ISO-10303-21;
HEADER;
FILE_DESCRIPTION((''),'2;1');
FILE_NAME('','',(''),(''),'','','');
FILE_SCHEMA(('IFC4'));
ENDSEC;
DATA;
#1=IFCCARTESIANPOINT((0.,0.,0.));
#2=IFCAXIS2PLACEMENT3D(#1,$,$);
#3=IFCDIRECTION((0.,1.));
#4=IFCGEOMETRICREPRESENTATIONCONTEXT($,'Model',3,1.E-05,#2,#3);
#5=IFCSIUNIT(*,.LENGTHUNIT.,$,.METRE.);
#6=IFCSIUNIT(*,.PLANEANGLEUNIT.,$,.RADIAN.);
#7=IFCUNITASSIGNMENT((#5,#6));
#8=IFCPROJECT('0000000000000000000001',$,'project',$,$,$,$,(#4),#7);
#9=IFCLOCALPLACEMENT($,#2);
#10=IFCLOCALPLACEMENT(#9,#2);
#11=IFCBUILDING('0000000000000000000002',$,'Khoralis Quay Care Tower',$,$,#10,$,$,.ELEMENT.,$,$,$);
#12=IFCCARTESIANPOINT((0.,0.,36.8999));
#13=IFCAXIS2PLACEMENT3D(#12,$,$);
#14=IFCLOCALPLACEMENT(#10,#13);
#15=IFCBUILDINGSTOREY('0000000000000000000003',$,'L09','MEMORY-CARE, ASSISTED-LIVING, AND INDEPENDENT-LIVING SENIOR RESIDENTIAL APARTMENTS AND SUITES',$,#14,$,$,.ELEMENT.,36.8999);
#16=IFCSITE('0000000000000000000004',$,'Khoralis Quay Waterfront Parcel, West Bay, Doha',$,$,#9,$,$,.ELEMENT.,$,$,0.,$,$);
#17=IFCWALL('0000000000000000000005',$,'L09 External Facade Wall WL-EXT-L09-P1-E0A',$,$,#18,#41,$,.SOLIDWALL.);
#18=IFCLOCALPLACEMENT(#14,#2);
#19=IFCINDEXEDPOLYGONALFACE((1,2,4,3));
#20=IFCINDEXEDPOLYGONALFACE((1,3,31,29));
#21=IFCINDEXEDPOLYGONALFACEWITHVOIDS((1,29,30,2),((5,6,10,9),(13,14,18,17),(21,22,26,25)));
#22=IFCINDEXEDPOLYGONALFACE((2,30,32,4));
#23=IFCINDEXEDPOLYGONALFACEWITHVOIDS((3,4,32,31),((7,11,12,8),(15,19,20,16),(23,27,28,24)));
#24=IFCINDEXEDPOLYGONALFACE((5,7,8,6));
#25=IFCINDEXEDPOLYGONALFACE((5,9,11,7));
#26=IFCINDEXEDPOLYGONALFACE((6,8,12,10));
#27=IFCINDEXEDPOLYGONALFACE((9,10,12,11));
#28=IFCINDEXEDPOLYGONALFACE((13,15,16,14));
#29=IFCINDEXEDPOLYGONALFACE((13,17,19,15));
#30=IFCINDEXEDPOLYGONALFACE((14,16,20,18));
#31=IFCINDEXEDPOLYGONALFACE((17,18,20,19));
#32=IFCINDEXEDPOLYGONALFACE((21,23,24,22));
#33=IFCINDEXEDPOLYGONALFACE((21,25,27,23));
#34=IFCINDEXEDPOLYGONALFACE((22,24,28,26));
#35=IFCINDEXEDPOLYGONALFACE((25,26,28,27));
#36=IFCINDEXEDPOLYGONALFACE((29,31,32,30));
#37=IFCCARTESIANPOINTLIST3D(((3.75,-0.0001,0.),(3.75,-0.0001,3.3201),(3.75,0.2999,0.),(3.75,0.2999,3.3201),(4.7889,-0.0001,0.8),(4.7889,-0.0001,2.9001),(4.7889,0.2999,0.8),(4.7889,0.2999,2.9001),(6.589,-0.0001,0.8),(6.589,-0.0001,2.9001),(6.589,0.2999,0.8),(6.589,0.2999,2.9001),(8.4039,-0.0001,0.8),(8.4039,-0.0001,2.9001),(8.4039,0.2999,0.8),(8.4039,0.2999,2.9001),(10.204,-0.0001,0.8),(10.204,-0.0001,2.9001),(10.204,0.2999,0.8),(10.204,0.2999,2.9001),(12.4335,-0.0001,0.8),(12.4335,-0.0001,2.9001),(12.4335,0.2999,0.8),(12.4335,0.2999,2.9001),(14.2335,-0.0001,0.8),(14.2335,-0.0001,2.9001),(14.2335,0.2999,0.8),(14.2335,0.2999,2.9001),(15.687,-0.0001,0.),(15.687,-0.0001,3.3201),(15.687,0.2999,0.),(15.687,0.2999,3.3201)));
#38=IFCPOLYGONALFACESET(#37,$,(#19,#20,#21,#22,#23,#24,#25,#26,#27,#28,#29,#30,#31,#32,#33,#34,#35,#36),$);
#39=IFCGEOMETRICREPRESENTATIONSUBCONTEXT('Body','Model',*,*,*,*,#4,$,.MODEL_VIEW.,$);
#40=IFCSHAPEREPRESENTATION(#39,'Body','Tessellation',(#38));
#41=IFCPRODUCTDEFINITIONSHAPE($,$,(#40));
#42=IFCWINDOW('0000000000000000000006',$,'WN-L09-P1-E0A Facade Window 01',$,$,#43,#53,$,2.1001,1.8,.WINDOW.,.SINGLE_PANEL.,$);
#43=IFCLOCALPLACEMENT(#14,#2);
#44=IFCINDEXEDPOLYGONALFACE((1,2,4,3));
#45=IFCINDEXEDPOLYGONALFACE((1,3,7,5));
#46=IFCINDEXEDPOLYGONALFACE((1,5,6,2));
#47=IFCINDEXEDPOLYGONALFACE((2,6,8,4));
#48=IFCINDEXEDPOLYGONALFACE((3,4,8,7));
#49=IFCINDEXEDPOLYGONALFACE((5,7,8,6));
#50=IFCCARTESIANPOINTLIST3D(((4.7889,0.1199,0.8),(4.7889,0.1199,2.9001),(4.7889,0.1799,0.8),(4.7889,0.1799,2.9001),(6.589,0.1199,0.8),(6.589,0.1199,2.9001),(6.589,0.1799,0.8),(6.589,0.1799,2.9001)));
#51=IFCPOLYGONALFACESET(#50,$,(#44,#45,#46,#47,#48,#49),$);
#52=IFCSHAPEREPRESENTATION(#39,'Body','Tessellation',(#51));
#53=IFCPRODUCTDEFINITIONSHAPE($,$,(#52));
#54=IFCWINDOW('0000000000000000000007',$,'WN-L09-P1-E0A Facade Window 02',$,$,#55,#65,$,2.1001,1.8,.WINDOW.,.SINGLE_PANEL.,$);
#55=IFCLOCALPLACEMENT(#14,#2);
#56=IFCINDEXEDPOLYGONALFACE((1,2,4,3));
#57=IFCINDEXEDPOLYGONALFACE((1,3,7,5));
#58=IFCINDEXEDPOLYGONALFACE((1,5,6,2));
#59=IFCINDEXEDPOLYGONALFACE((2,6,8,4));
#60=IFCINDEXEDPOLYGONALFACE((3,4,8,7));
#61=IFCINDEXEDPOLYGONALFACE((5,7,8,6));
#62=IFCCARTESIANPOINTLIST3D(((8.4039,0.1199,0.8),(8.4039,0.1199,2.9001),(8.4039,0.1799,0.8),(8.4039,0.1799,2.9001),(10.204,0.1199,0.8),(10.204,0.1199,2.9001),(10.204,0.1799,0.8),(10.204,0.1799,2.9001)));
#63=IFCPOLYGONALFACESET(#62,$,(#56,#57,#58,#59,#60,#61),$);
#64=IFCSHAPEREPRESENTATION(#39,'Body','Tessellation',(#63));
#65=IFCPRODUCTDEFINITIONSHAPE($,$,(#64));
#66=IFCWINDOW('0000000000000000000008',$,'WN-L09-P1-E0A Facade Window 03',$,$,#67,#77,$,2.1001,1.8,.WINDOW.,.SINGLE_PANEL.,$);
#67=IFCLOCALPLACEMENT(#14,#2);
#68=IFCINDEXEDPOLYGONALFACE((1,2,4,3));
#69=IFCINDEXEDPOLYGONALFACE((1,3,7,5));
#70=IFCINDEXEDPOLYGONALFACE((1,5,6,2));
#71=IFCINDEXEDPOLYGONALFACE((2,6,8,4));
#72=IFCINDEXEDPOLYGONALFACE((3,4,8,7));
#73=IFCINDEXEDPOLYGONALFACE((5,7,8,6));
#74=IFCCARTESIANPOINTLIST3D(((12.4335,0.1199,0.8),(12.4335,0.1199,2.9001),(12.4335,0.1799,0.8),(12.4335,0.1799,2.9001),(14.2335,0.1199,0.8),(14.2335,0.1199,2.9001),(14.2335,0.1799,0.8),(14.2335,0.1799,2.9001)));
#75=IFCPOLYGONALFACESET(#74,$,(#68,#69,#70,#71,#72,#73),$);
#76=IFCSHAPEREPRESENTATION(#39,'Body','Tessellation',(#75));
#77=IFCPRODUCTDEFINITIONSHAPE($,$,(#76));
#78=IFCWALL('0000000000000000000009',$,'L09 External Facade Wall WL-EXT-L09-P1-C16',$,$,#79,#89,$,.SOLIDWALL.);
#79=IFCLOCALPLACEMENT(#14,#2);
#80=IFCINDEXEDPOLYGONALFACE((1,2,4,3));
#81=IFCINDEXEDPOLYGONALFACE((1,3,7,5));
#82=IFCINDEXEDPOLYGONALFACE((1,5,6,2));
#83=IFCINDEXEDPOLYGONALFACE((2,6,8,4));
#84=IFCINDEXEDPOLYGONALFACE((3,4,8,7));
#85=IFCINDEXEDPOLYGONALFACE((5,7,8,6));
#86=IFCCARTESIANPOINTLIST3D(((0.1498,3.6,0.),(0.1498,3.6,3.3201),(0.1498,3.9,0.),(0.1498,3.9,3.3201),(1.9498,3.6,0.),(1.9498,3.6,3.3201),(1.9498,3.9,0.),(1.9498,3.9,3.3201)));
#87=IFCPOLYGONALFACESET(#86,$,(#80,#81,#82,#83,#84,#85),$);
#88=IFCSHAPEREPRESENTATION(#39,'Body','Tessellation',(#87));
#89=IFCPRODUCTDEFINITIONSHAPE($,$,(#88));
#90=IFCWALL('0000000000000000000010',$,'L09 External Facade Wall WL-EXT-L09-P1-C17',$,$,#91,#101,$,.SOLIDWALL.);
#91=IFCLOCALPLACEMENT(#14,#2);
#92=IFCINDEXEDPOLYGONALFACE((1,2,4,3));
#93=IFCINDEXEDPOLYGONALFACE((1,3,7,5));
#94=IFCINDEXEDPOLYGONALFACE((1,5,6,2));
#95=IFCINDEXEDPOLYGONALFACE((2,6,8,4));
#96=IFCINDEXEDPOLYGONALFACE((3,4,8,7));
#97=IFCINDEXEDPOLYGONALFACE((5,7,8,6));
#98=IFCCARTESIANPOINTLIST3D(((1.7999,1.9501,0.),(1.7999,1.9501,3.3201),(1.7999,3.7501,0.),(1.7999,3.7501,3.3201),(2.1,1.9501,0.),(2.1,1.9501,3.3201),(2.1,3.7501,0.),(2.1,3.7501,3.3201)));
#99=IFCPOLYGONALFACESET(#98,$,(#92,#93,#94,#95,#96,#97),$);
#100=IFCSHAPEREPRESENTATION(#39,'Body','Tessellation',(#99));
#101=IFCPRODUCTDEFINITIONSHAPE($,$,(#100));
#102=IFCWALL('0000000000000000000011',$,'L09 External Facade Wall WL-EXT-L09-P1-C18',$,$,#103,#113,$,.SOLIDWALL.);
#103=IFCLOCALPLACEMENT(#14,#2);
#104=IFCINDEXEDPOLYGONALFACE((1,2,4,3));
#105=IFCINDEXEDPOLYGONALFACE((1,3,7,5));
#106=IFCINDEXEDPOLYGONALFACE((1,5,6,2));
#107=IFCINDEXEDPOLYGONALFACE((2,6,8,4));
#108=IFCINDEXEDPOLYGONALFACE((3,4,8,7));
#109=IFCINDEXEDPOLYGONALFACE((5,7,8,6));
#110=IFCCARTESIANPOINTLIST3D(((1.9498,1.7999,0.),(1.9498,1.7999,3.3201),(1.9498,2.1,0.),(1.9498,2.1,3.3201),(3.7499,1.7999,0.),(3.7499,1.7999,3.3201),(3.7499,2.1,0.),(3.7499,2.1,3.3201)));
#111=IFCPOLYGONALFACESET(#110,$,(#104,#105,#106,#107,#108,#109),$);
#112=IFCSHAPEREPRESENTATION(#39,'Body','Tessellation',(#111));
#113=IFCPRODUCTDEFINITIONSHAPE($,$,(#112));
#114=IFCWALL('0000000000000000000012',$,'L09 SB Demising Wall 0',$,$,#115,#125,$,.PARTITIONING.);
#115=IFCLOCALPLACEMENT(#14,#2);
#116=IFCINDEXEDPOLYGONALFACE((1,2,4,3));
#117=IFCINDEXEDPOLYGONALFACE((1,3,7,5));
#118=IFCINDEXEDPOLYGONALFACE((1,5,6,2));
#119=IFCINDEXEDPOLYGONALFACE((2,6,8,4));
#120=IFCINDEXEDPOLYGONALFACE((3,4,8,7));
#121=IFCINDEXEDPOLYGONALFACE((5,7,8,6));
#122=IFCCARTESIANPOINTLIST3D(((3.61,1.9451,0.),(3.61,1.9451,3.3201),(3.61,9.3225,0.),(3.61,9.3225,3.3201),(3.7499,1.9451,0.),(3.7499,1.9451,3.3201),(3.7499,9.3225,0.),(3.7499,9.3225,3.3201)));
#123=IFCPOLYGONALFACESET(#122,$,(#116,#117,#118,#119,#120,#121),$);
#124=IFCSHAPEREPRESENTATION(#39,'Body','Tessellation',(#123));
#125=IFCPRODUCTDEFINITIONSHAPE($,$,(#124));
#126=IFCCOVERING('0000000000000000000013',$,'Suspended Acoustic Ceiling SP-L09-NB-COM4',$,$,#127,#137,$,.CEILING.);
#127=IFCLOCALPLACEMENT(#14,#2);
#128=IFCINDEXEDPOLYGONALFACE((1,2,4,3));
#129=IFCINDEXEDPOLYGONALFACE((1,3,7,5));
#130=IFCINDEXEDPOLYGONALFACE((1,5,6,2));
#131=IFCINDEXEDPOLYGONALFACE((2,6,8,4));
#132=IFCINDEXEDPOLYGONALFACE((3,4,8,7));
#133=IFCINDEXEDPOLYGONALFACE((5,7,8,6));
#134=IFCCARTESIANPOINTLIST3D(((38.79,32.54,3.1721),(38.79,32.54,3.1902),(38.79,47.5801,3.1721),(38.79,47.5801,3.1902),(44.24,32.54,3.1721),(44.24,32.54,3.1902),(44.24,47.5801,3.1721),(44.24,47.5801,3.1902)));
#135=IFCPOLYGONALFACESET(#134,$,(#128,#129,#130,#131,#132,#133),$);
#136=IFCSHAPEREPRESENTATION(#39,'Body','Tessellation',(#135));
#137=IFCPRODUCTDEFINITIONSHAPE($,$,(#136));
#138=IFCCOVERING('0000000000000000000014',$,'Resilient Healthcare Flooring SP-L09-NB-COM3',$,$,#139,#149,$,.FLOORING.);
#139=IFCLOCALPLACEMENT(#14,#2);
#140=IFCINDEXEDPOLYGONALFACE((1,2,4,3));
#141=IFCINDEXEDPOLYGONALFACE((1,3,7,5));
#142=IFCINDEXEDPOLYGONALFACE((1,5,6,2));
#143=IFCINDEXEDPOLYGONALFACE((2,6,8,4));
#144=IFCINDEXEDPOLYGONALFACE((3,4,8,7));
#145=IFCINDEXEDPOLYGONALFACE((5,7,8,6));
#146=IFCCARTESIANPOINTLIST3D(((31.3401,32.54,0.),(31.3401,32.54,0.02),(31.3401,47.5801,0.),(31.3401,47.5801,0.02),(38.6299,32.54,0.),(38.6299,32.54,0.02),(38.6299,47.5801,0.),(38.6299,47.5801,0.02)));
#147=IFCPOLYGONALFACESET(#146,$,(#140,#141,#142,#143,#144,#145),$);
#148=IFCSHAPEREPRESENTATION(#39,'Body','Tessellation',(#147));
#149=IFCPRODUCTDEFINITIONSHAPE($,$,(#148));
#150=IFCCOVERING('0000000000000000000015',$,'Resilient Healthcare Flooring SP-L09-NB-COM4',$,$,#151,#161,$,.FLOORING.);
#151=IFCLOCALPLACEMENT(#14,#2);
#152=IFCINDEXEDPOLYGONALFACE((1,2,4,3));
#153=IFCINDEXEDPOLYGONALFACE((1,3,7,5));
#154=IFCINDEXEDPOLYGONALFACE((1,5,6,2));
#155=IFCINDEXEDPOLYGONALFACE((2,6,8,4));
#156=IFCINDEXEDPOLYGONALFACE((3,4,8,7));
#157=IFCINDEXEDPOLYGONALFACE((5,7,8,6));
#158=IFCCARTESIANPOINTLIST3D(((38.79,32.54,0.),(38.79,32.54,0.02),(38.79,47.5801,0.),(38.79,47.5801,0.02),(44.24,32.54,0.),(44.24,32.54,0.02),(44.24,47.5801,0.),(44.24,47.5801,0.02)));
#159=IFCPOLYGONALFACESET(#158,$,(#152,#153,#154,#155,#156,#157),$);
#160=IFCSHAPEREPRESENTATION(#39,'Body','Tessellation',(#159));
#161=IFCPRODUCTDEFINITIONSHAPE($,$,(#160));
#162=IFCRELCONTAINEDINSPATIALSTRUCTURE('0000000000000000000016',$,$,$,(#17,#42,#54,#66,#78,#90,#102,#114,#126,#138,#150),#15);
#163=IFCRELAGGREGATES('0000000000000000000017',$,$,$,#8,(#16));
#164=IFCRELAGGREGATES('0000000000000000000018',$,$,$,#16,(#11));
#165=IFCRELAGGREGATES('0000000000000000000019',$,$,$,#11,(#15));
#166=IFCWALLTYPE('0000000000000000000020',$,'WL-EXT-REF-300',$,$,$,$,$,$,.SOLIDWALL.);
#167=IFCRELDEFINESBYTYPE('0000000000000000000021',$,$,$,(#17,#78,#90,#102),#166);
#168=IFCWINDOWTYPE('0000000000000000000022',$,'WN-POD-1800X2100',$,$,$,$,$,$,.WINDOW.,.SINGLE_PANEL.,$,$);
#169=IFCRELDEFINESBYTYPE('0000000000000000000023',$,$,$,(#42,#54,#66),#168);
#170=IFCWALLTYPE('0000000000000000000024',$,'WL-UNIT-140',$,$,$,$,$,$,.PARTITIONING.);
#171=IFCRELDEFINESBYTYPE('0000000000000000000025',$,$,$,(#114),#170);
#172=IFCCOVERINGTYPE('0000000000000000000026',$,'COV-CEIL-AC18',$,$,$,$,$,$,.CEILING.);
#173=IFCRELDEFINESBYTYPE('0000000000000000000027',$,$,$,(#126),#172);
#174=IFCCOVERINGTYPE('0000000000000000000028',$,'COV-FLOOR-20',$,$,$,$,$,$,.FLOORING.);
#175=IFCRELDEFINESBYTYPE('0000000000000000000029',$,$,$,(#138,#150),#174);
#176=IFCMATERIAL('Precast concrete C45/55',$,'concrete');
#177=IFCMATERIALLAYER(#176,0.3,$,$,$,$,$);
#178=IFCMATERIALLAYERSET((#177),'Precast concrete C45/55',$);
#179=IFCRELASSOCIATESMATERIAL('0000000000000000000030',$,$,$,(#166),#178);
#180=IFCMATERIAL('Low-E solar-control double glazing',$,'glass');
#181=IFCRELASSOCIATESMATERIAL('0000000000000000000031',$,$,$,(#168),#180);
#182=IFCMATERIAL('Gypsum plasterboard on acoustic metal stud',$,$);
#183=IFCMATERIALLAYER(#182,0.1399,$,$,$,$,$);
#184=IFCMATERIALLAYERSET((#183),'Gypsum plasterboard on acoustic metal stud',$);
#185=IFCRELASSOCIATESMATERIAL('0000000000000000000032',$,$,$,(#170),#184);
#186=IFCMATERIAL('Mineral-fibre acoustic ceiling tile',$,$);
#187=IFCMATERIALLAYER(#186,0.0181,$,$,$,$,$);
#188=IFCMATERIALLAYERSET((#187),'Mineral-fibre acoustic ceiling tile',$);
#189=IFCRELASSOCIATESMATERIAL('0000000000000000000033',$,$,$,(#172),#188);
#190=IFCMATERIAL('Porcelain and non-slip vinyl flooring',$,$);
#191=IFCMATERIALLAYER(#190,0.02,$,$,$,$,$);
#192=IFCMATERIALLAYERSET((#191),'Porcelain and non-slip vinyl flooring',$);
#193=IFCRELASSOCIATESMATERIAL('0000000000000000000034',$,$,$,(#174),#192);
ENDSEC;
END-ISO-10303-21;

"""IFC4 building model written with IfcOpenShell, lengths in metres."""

from ifc_helpers import new_model, si_unit, direction, frame, frame_2d, origin, place, context, subcontext, project, spatial, polyline, rectangle, outline, extrude, source, transform, mapped, material, layer, layer_set, type_object, element, fill, save


model = new_model("IFC4")

# Units and contexts
model_context = context("Model", 3, precision=1e-05, world=origin(), true_north=direction((0.0, 1.0)))
body_context = subcontext(model_context, "Body", "Model", "MODEL_VIEW")
ifc_project = project(units=[si_unit("LENGTHUNIT", "METRE"), si_unit("PLANEANGLEUNIT", "RADIAN")], contexts=[model_context])

# Site, building, storey
site_placement = place(None, origin())
site = spatial("IfcSite", under=ifc_project, at=site_placement, Name="Khoralis Quay Waterfront Parcel, West Bay, Doha", CompositionType="ELEMENT", RefElevation=0.0)
building_placement = place(site_placement, origin())
building = spatial("IfcBuilding", under=site, at=building_placement, Name="Khoralis Quay Care Tower", CompositionType="ELEMENT")
storey_placement = place(building_placement, frame((0.0, 0.0, 36.8999)))
storey = spatial("IfcBuildingStorey", under=building, at=storey_placement, Name="L09", Description="MEMORY-CARE, ASSISTED-LIVING, AND INDEPENDENT-LIVING SENIOR RESIDENTIAL APARTMENTS AND SUITES", CompositionType="ELEMENT", Elevation=36.8999)

# Shared definitions
ifc_material_1 = material(Name="Gypsum plasterboard on acoustic metal stud")

# Wall, openings, windows
ifc_material_2 = material(Name="Precast concrete C45/55", Category="concrete")
ifc_layer_1 = layer(ifc_material_2, 0.3)
ifc_layer_set_1 = layer_set([ifc_layer_1], Name="Precast concrete C45/55")
wall_type_1 = type_object("IfcWallType", Name="WL-EXT-REF-300", PredefinedType="SOLIDWALL", material=ifc_layer_set_1)
wall_1_placement = place(storey_placement, frame((3.75, 0.1499, 0.0), z_axis=(0.0, 0.0, 1.0), x_axis=(1.0, 0.0, 0.0)))
wall_1 = element("IfcWall", 1, at=wall_1_placement, inside=storey, type_object=wall_type_1, Name="L09 External Facade Wall WL-EXT-L09-P1-E0A", PredefinedType="SOLIDWALL", context=body_context, shape_type="SweptSolid", body=[
    extrude(rectangle(XDim=11.937, YDim=0.3, at=frame_2d((5.9685, 0.0))), origin(), (0.0, 0.0, 1.0), 3.3201),
])
opening_1_placement = place(wall_1_placement, frame((1.0391, 0.0, 0.8)))
opening_1 = element("IfcOpeningElement", 2, at=opening_1_placement, cuts=wall_1, PredefinedType="OPENING", context=body_context, shape_type="SweptSolid", body=[
    extrude(rectangle(XDim=1.8, YDim=2.1001, at=frame_2d((0.8999, 1.05))), frame((0.0, 0.1602, 0.0), z_axis=(0.0, -1.0, 0.0), x_axis=(1.0, 0.0, 0.0)), (0.0, 0.0, 1.0), 0.3201),
])
opening_2_placement = place(wall_1_placement, frame((4.6541, 0.0, 0.8)))
opening_2 = element("IfcOpeningElement", 3, at=opening_2_placement, cuts=wall_1, PredefinedType="OPENING", context=body_context, shape_type="SweptSolid", body=[
    extrude(rectangle(XDim=1.8, YDim=2.1001, at=frame_2d((0.8999, 1.05))), frame((0.0, 0.1602, 0.0), z_axis=(0.0, -1.0, 0.0), x_axis=(1.0, 0.0, 0.0)), (0.0, 0.0, 1.0), 0.3201),
])
opening_3_placement = place(wall_1_placement, frame((8.6836, 0.0, 0.8)))
opening_3 = element("IfcOpeningElement", 4, at=opening_3_placement, cuts=wall_1, PredefinedType="OPENING", context=body_context, shape_type="SweptSolid", body=[
    extrude(rectangle(XDim=1.8, YDim=2.1001, at=frame_2d((0.8999, 1.05))), frame((0.0, 0.1602, 0.0), z_axis=(0.0, -1.0, 0.0), x_axis=(1.0, 0.0, 0.0)), (0.0, 0.0, 1.0), 0.3201),
])
ifc_material_3 = material(Name="Low-E solar-control double glazing", Category="glass")
window_type = type_object("IfcWindowType", Name="WN-POD-1800X2100", PartitioningType="SINGLE_PANEL", PredefinedType="WINDOW", material=ifc_material_3)
shared_shape_1 = source(origin(), body_context, "Body", "SweptSolid", [
    extrude(rectangle(XDim=1.8, YDim=2.1001, at=frame_2d((0.8999, 1.05))), frame((0.0, 0.03, 0.0), z_axis=(0.0, -1.0, 0.0), x_axis=(1.0, 0.0, 0.0)), (0.0, 0.0, 1.0), 0.0601),
])
window_1_placement = place(opening_1_placement, origin())
window_1 = element("IfcWindow", 5, at=window_1_placement, inside=storey, type_object=window_type, Name="WN-L09-P1-E0A Facade Window 01", OverallHeight=2.1001, OverallWidth=1.8, PartitioningType="SINGLE_PANEL", PredefinedType="WINDOW", context=body_context, shape_type="MappedRepresentation", body=[
    mapped(shared_shape_1, transform((0.0, 0.0, 0.0), scale=1.0)),
])
fill(opening_1, window_1)
window_2_placement = place(opening_2_placement, origin())
window_2 = element("IfcWindow", 6, at=window_2_placement, inside=storey, type_object=window_type, Name="WN-L09-P1-E0A Facade Window 02", OverallHeight=2.1001, OverallWidth=1.8, PartitioningType="SINGLE_PANEL", PredefinedType="WINDOW", context=body_context, shape_type="MappedRepresentation", body=[
    mapped(shared_shape_1, transform((0.0, 0.0, 0.0), scale=1.0)),
])
fill(opening_2, window_2)
window_3_placement = place(opening_3_placement, origin())
window_3 = element("IfcWindow", 7, at=window_3_placement, inside=storey, type_object=window_type, Name="WN-L09-P1-E0A Facade Window 03", OverallHeight=2.1001, OverallWidth=1.8, PartitioningType="SINGLE_PANEL", PredefinedType="WINDOW", context=body_context, shape_type="MappedRepresentation", body=[
    mapped(shared_shape_1, transform((0.0, 0.0, 0.0), scale=1.0)),
])
fill(opening_3, window_3)

# Walls
for number, where, z_axis, x_axis, name in (
    (8, (0.1499, 3.75, 0.0), (0.0, 0.0, 1.0), (1.0, 0.0, 0.0), "L09 External Facade Wall WL-EXT-L09-P1-C16"),
    (9, (1.95, 3.75, 0.0), (0.0, 0.0, 1.0), (0.0, -1.0, 0.0), "L09 External Facade Wall WL-EXT-L09-P1-C17"),
    (10, (1.95, 1.95, 0.0), (0.0, 0.0, 1.0), (1.0, 0.0, 0.0), "L09 External Facade Wall WL-EXT-L09-P1-C18"),
):
    element("IfcWall", number, at=place(storey_placement, frame(where, z_axis=z_axis, x_axis=x_axis)), inside=storey, type_object=wall_type_1, Name=name, PredefinedType="SOLIDWALL", context=body_context, shape_type="SweptSolid", body=[
        extrude(rectangle(XDim=1.8, YDim=0.3, at=frame_2d((0.8999, 0.0))), origin(), (0.0, 0.0, 1.0), 3.3201),
    ])
ifc_layer_2 = layer(ifc_material_1, 0.1399)
ifc_layer_set_2 = layer_set([ifc_layer_2], Name="Gypsum plasterboard on acoustic metal stud")
wall_type_2 = type_object("IfcWallType", Name="WL-UNIT-140", PredefinedType="PARTITIONING", material=ifc_layer_set_2)
wall_2_placement = place(storey_placement, frame((3.6799, 1.9451, 0.0), z_axis=(0.0, 0.0, 1.0), x_axis=(0.0, 1.0, 0.0)))
element("IfcWall", 11, at=wall_2_placement, inside=storey, type_object=wall_type_2, Name="L09 SB Demising Wall 0", PredefinedType="PARTITIONING", context=body_context, shape_type="SweptSolid", body=[
    extrude(rectangle(XDim=7.3774, YDim=0.1399, at=frame_2d((3.6887, 0.0))), origin(), (0.0, 0.0, 1.0), 3.3201),
])

# Coverings
ifc_material_4 = material(Name="Mineral-fibre acoustic ceiling tile")
ifc_layer_3 = layer(ifc_material_4, 0.0181)
ifc_layer_set_3 = layer_set([ifc_layer_3], Name="Mineral-fibre acoustic ceiling tile")
covering_type_1 = type_object("IfcCoveringType", Name="COV-CEIL-AC18", PredefinedType="CEILING", material=ifc_layer_set_3)
covering_1_placement = place(storey_placement, frame((0.0, 0.0, 3.1721)))
element("IfcCovering", 12, at=covering_1_placement, inside=storey, type_object=covering_type_1, Name="Suspended Acoustic Ceiling SP-L09-NB-COM4", PredefinedType="CEILING", context=body_context, shape_type="SweptSolid", body=[
    extrude(outline(polyline([(38.79, 32.54), (44.24, 32.54), (44.24, 47.5801), (38.79, 47.5801), (38.79, 32.54)])), origin(), (0.0, 0.0, 1.0), 0.0181),
])
ifc_material_5 = material(Name="Porcelain and non-slip vinyl flooring")
ifc_layer_4 = layer(ifc_material_5, 0.02)
ifc_layer_set_4 = layer_set([ifc_layer_4], Name="Porcelain and non-slip vinyl flooring")
covering_type_2 = type_object("IfcCoveringType", Name="COV-FLOOR-20", PredefinedType="FLOORING", material=ifc_layer_set_4)
covering_2_placement = place(storey_placement, origin())
element("IfcCovering", 13, at=covering_2_placement, inside=storey, type_object=covering_type_2, Name="Resilient Healthcare Flooring SP-L09-NB-COM3", PredefinedType="FLOORING", context=body_context, shape_type="SweptSolid", body=[
    extrude(outline(polyline([(31.3401, 32.54), (38.6299, 32.54), (38.6299, 47.5801), (31.3401, 47.5801), (31.3401, 32.54)])), origin(), (0.0, 0.0, 1.0), 0.02),
])
covering_3_placement = place(storey_placement, origin())
element("IfcCovering", 14, at=covering_3_placement, inside=storey, type_object=covering_type_2, Name="Resilient Healthcare Flooring SP-L09-NB-COM4", PredefinedType="FLOORING", context=body_context, shape_type="SweptSolid", body=[
    extrude(outline(polyline([(38.79, 32.54), (44.24, 32.54), (44.24, 47.5801), (38.79, 47.5801), (38.79, 32.54)])), origin(), (0.0, 0.0, 1.0), 0.02),
])

save(model, "model.ifc")
